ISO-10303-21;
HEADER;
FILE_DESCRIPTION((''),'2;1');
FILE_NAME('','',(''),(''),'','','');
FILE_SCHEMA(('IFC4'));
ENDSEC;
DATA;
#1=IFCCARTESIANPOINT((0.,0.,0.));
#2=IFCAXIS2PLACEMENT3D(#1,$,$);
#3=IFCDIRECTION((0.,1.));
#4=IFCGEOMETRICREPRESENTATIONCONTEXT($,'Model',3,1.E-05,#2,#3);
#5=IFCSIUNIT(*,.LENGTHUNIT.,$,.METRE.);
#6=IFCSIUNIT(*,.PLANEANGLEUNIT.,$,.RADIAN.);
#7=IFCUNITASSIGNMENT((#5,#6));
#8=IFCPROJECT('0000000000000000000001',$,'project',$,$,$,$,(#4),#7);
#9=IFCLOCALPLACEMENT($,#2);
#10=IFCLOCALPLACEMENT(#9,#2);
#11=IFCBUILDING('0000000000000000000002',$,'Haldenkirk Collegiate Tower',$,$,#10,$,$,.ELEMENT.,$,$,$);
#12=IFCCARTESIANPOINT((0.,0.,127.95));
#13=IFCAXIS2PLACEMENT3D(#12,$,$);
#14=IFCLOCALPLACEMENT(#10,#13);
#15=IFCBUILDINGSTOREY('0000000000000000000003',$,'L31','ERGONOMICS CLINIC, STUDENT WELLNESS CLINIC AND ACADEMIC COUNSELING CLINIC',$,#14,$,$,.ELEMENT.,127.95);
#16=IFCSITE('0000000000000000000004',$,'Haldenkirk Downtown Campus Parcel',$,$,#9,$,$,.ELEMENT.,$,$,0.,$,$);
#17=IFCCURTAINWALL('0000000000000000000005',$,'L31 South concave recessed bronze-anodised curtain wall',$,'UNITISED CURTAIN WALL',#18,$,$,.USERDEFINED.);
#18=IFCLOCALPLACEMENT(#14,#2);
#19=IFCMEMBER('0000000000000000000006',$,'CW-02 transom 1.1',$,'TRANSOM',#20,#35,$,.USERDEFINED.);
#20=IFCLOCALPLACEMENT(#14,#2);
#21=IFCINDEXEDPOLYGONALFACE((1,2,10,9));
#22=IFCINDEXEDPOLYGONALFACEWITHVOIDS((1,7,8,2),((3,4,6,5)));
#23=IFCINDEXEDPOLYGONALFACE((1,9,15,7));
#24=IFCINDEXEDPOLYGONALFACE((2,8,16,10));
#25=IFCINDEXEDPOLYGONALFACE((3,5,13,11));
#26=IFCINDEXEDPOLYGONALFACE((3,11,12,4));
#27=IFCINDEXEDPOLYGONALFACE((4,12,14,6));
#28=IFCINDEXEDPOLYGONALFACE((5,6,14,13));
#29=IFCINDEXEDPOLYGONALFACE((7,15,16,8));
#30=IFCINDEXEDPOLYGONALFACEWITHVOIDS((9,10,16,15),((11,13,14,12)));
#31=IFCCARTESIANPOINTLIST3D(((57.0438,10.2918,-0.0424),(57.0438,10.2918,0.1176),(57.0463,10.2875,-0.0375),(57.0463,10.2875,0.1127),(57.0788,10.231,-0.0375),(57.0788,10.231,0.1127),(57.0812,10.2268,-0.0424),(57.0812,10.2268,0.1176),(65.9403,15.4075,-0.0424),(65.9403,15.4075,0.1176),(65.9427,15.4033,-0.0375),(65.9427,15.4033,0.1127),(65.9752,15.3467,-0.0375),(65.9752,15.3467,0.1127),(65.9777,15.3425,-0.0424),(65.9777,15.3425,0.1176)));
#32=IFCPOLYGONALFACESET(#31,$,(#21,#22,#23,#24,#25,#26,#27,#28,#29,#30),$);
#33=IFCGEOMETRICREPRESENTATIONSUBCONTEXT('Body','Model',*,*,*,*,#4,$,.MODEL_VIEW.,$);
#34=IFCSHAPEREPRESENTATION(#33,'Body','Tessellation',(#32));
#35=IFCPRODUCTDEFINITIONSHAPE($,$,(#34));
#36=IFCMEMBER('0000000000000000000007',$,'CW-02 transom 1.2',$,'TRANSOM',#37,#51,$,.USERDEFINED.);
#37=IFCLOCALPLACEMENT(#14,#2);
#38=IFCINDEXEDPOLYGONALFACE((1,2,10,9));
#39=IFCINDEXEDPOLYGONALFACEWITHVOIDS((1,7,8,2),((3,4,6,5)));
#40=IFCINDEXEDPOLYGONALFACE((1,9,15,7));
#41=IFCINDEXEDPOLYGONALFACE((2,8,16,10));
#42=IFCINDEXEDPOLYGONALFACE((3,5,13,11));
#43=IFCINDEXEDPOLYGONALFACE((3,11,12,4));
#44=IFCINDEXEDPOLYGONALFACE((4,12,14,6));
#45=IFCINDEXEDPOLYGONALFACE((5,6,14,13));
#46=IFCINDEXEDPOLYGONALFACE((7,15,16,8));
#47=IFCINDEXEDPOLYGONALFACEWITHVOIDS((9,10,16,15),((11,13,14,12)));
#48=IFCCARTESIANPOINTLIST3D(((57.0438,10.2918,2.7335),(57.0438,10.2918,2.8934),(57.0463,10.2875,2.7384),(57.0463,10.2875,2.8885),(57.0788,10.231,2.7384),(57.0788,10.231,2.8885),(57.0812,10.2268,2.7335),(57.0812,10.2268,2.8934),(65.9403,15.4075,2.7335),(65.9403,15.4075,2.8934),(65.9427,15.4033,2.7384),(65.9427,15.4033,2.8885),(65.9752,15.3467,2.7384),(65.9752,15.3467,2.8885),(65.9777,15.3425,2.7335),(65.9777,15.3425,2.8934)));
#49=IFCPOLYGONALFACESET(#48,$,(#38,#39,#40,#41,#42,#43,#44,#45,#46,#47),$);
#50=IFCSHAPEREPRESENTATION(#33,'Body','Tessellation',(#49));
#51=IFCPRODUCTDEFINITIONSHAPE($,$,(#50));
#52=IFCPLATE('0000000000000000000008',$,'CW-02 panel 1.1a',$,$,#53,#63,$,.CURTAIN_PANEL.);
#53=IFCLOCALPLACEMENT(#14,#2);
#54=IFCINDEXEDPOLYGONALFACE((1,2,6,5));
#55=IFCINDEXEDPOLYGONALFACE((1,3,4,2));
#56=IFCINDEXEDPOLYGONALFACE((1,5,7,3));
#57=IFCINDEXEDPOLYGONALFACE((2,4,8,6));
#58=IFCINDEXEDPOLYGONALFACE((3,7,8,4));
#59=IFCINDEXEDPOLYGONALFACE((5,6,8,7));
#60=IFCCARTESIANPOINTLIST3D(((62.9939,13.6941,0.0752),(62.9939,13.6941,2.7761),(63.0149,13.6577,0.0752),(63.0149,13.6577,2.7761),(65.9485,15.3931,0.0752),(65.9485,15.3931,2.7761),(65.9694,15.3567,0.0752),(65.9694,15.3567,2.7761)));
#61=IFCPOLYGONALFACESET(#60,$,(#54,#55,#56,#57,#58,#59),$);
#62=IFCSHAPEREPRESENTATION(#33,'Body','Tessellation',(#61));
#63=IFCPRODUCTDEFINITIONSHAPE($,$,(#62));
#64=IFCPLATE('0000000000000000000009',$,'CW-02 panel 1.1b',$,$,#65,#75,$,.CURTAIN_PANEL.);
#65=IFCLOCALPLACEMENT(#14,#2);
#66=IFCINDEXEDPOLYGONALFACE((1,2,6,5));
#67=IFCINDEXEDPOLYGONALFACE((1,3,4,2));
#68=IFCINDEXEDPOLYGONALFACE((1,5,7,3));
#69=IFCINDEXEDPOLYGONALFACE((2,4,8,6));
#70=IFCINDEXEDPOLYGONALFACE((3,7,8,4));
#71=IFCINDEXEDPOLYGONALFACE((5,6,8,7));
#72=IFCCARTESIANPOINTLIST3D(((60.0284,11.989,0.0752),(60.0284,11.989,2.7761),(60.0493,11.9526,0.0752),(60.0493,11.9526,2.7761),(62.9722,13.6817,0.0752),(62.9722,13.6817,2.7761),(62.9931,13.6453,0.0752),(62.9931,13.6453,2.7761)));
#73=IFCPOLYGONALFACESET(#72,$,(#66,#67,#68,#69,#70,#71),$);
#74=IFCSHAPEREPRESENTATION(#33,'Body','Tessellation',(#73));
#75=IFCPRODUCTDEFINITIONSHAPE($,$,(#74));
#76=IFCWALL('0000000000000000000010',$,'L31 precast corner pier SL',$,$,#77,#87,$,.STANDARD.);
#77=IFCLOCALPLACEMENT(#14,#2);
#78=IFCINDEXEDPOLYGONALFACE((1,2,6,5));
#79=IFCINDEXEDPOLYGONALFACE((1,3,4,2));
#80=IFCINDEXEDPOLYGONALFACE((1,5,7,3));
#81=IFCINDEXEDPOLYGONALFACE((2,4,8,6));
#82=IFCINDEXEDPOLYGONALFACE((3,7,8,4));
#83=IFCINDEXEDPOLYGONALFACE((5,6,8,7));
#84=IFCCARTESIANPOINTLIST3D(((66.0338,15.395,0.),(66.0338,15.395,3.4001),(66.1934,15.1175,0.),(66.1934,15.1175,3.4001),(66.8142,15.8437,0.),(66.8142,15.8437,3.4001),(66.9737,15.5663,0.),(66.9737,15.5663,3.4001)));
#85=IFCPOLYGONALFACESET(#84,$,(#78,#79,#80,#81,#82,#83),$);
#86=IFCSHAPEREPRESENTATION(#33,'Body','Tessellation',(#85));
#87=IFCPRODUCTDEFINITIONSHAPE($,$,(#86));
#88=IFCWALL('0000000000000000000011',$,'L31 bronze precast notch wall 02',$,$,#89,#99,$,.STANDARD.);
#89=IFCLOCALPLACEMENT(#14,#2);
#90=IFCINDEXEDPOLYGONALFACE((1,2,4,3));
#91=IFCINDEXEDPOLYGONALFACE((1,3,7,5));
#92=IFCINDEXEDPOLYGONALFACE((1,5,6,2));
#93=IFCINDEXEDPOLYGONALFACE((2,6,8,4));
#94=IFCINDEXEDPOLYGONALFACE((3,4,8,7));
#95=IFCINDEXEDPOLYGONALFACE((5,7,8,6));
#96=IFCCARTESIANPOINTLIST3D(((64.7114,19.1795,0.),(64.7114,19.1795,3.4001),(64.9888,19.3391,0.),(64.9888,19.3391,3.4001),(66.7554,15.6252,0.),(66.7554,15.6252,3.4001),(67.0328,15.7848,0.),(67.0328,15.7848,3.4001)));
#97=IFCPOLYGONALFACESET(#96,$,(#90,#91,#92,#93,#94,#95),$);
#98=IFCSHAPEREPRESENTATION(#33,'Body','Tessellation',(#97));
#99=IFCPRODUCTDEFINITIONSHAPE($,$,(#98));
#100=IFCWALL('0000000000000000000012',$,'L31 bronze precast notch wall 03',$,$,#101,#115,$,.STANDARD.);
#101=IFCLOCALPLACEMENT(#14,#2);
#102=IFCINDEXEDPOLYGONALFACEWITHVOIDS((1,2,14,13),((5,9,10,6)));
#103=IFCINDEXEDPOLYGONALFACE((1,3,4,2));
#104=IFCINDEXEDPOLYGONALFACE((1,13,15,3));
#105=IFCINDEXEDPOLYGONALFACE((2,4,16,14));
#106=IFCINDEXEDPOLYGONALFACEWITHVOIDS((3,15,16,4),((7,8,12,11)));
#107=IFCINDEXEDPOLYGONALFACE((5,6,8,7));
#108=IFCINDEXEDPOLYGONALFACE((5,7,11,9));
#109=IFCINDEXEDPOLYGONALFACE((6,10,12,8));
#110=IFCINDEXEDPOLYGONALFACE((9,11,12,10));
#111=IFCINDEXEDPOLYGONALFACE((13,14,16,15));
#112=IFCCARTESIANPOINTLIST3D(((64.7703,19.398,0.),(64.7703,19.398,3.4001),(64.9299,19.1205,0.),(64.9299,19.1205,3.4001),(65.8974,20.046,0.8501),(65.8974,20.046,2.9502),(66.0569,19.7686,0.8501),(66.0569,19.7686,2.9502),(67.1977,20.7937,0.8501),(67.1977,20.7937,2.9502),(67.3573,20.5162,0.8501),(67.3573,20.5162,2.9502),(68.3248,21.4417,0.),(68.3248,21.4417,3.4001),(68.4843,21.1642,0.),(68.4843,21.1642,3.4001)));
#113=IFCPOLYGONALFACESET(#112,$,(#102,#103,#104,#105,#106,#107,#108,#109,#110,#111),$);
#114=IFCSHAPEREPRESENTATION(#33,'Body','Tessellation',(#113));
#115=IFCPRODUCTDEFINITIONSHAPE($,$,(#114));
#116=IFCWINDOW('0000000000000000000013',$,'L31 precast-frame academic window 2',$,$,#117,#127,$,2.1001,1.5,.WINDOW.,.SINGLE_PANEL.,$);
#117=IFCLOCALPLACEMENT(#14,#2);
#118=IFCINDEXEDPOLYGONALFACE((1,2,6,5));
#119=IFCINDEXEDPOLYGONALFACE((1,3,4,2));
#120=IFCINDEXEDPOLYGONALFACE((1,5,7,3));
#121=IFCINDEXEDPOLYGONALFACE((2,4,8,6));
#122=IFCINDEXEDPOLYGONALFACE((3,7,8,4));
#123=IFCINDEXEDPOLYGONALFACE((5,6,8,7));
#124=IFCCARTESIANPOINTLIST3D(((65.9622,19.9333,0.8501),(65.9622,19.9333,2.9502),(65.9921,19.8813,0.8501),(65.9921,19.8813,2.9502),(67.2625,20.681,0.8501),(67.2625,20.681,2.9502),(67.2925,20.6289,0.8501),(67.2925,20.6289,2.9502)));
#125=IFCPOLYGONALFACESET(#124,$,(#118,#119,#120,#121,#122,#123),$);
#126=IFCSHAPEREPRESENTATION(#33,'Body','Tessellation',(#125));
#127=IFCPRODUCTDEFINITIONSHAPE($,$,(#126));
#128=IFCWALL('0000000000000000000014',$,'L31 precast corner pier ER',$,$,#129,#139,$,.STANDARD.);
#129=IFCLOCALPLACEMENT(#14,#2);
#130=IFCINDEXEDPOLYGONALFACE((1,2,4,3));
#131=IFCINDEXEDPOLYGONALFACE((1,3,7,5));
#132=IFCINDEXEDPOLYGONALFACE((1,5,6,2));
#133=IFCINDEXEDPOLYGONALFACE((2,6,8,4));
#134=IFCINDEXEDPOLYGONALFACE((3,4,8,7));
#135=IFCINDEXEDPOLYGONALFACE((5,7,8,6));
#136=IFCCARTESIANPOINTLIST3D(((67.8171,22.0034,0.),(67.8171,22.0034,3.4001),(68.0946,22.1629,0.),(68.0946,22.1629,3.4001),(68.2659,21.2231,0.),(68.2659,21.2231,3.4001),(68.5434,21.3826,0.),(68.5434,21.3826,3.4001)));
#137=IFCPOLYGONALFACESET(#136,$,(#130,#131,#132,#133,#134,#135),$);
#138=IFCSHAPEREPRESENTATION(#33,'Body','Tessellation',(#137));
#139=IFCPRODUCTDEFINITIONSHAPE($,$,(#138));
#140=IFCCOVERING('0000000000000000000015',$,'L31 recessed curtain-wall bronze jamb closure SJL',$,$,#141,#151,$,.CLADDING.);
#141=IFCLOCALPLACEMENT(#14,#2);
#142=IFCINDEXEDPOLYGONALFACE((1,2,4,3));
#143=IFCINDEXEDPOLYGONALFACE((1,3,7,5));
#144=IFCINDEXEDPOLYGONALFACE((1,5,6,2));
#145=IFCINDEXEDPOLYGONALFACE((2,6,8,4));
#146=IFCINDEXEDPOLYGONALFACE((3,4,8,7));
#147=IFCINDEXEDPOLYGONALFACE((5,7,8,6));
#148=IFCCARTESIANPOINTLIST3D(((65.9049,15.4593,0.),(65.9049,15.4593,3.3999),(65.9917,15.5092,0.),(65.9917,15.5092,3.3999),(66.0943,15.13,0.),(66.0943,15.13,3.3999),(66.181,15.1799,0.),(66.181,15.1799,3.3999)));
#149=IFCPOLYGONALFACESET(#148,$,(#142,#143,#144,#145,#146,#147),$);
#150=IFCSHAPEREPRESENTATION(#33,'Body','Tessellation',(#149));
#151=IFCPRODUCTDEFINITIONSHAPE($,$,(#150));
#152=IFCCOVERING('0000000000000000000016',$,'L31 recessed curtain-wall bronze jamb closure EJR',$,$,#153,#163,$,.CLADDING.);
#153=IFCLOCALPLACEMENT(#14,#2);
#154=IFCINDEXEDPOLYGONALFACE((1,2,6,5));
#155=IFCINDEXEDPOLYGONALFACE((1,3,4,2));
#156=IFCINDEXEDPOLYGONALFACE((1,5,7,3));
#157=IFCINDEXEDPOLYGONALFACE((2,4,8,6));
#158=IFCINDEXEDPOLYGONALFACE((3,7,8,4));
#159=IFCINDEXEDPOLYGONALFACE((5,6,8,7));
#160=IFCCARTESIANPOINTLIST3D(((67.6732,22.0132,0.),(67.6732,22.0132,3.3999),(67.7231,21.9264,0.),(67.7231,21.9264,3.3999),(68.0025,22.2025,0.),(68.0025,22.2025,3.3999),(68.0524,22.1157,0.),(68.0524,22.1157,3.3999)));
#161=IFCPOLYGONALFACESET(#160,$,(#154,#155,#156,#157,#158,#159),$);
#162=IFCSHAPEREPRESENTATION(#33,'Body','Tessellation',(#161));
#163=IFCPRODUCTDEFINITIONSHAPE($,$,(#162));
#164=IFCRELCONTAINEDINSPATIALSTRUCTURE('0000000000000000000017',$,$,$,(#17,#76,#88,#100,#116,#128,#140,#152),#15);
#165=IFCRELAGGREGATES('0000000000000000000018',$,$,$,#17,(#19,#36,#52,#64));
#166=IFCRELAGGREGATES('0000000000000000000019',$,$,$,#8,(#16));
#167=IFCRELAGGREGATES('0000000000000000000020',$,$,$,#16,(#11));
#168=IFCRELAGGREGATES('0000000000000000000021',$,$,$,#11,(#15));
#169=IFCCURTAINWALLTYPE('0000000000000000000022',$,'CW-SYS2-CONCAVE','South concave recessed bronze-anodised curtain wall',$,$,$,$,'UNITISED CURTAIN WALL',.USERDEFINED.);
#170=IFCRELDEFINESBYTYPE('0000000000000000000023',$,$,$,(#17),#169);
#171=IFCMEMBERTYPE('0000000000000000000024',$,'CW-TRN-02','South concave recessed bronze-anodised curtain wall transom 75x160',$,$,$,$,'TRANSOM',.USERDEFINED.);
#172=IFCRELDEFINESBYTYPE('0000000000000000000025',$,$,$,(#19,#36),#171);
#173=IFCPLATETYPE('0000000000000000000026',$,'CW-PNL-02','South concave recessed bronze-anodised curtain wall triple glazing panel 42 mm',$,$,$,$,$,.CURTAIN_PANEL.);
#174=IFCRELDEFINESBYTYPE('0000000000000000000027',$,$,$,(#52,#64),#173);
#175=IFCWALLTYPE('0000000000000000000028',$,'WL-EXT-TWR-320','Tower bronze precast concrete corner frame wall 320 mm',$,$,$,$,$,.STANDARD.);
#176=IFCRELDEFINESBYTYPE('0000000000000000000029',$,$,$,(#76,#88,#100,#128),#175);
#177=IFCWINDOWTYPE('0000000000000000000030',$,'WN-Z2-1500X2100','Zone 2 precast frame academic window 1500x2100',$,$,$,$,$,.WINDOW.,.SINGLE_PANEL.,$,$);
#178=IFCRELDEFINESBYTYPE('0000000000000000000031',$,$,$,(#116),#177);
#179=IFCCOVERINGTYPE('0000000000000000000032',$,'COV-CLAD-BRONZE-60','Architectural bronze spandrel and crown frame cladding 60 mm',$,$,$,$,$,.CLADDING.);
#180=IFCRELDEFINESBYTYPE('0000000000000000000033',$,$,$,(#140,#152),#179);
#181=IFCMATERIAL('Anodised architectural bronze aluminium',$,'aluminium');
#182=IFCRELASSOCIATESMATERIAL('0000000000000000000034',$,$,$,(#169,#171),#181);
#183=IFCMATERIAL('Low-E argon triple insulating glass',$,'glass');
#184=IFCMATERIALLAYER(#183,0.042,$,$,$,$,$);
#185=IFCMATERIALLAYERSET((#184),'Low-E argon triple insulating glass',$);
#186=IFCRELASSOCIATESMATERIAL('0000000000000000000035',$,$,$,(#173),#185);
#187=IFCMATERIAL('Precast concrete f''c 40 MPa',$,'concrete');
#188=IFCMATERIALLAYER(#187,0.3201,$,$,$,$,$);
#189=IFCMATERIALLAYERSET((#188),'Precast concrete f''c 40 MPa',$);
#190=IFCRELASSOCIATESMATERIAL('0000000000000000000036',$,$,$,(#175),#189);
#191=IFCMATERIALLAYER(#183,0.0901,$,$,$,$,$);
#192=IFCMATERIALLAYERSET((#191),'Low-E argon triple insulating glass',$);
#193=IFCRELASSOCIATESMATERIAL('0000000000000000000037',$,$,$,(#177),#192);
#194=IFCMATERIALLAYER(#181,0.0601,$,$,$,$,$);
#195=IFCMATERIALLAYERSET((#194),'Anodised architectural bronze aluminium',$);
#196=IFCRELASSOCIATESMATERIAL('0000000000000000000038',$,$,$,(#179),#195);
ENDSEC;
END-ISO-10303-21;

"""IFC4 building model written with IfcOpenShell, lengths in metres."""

from ifc_helpers import new_model, si_unit, direction, frame, frame_2d, origin, origin_2d, place, context, subcontext, project, spatial, rectangle, hollow_rectangle, extrude, source, transform, mapped, material, layer, layer_set, material_profile, profile_set, type_object, element, fill, aggregate, save


model = new_model("IFC4")

# Units and contexts
model_context = context("Model", 3, precision=1e-05, world=origin(), true_north=direction((0.0, 1.0)))
body_context = subcontext(model_context, "Body", "Model", "MODEL_VIEW")
ifc_project = project(units=[si_unit("LENGTHUNIT", "METRE"), si_unit("PLANEANGLEUNIT", "RADIAN")], contexts=[model_context])

# Site, building, storey
site_placement = place(None, origin())
site = spatial("IfcSite", under=ifc_project, at=site_placement, Name="Haldenkirk Downtown Campus Parcel", CompositionType="ELEMENT", RefElevation=0.0)
building_placement = place(site_placement, origin())
building = spatial("IfcBuilding", under=site, at=building_placement, Name="Haldenkirk Collegiate Tower", CompositionType="ELEMENT")
storey_placement = place(building_placement, frame((0.0, 0.0, 127.95)))
storey = spatial("IfcBuildingStorey", under=building, at=storey_placement, Name="L31", Description="ERGONOMICS CLINIC, STUDENT WELLNESS CLINIC AND ACADEMIC COUNSELING CLINIC", CompositionType="ELEMENT", Elevation=127.95)

# Curtain wall
ifc_material_1 = material(Name="Anodised architectural bronze aluminium", Category="aluminium")
curtain_wall_type_1 = type_object("IfcCurtainWallType", Name="CW-SYS2-CONCAVE", Description="South concave recessed bronze-anodised curtain wall", ElementType="UNITISED CURTAIN WALL", PredefinedType="USERDEFINED", material=ifc_material_1)
curtain_wall_1_placement = place(storey_placement, origin())
curtain_wall_1 = element("IfcCurtainWall", 1, at=curtain_wall_1_placement, inside=storey, type_object=curtain_wall_type_1, Name="L31 South concave recessed bronze-anodised curtain wall", ObjectType="UNITISED CURTAIN WALL", PredefinedType="USERDEFINED")

# Members
ifc_material_profile_1 = material_profile(ifc_material_1, hollow_rectangle(XDim=0.075, YDim=0.1599, WallThickness=0.0049, at=origin_2d()), Name="CW-TRN-02")
ifc_profile_set_1 = profile_set([ifc_material_profile_1], Name="Anodised architectural bronze aluminium")
member_type_1 = type_object("IfcMemberType", Name="CW-TRN-02", Description="South concave recessed bronze-anodised curtain wall transom 75x160", ElementType="TRANSOM", PredefinedType="USERDEFINED", material=ifc_profile_set_1)
member_1_placement = place(storey_placement, frame((65.959, 15.375, 0.0376), z_axis=(-0.866896, -0.498489, 0.0), x_axis=(0.498489, -0.866896, 0.0)))
member_1 = element("IfcMember", 2, at=member_1_placement, type_object=member_type_1, Name="CW-02 transom 1.1", ObjectType="TRANSOM", PredefinedType="USERDEFINED", context=body_context, shape_type="SweptSolid", body=[
    extrude(hollow_rectangle(XDim=0.075, YDim=0.1599, WallThickness=0.0049, at=origin_2d()), origin(), (0.0, 0.0, 1.0), 10.2625),
])
member_2_placement = place(storey_placement, frame((65.959, 15.375, 2.8135), z_axis=(-0.866896, -0.498489, 0.0), x_axis=(0.498489, -0.866896, 0.0)))
member_2 = element("IfcMember", 3, at=member_2_placement, type_object=member_type_1, Name="CW-02 transom 1.2", ObjectType="TRANSOM", PredefinedType="USERDEFINED", context=body_context, shape_type="SweptSolid", body=[
    extrude(hollow_rectangle(XDim=0.075, YDim=0.1599, WallThickness=0.0049, at=origin_2d()), origin(), (0.0, 0.0, 1.0), 10.2625),
])

# Plates
ifc_material_2 = material(Name="Low-E argon triple insulating glass", Category="glass")
ifc_layer_1 = layer(ifc_material_2, 0.042)
ifc_layer_set_1 = layer_set([ifc_layer_1], Name="Low-E argon triple insulating glass")
plate_type = type_object("IfcPlateType", Name="CW-PNL-02", Description="South concave recessed bronze-anodised curtain wall triple glazing panel 42 mm", PredefinedType="CURTAIN_PANEL", material=ifc_layer_set_1)
shared_shape_1 = source(origin(), body_context, "Body", "SweptSolid", [
    extrude(rectangle(XDim=3.4082, YDim=0.042, at=origin_2d()), origin(), (0.0, 0.0, 1.0), 2.7009),
])
plate_1_placement = place(storey_placement, frame((64.4817, 14.5254, 0.0752), z_axis=(0.0, 0.0, 1.0), x_axis=(-0.866896, -0.498489, 0.0)))
plate_1 = element("IfcPlate", 4, at=plate_1_placement, type_object=plate_type, Name="CW-02 panel 1.1a", PredefinedType="CURTAIN_PANEL", context=body_context, shape_type="MappedRepresentation", body=[
    mapped(shared_shape_1, transform((0.0, 0.0, 0.0), x_axis=(1.0, 0.0, 0.0), y_axis=(0.0, 1.0, 0.0), z_axis=(0.0, 0.0, 1.0), scale=1.0)),
])
shared_shape_2 = source(origin(), body_context, "Body", "SweptSolid", [
    extrude(rectangle(XDim=3.3958, YDim=0.042, at=origin_2d()), origin(), (0.0, 0.0, 1.0), 2.7009),
])
plate_2_placement = place(storey_placement, frame((61.5107, 12.8171, 0.0752), z_axis=(0.0, 0.0, 1.0), x_axis=(-0.866896, -0.498489, 0.0)))
plate_2 = element("IfcPlate", 5, at=plate_2_placement, type_object=plate_type, Name="CW-02 panel 1.1b", PredefinedType="CURTAIN_PANEL", context=body_context, shape_type="MappedRepresentation", body=[
    mapped(shared_shape_2, transform((0.0, 0.0, 0.0), x_axis=(1.0, 0.0, 0.0), y_axis=(0.0, 1.0, 0.0), z_axis=(0.0, 0.0, 1.0), scale=1.0)),
])
aggregate(curtain_wall_1, [member_1, member_2, plate_1, plate_2])

# Walls
ifc_material_3 = material(Name="Precast concrete f'c 40 MPa", Category="concrete")
ifc_layer_2 = layer(ifc_material_3, 0.3201)
ifc_layer_set_2 = layer_set([ifc_layer_2], Name="Precast concrete f'c 40 MPa")
wall_type = type_object("IfcWallType", Name="WL-EXT-TWR-320", Description="Tower bronze precast concrete corner frame wall 320 mm", PredefinedType="STANDARD", material=ifc_layer_set_2)
wall_1_placement = place(storey_placement, frame((66.894, 15.7051, 0.0), z_axis=(0.0, 0.0, 1.0), x_axis=(-0.866871, -0.498532, 0.0)))
element("IfcWall", 6, at=wall_1_placement, inside=storey, type_object=wall_type, Name="L31 precast corner pier SL", PredefinedType="STANDARD", context=body_context, shape_type="SweptSolid", body=[
    extrude(rectangle(XDim=0.9001, YDim=0.3201, at=frame_2d((0.4502, 0.0))), origin(), (0.0, 0.0, 1.0), 3.4001),
])
wall_2_placement = place(storey_placement, frame((64.8501, 19.2593, 0.0), z_axis=(0.0, 0.0, 1.0), x_axis=(0.498523, -0.866877, 0.0)))
element("IfcWall", 7, at=wall_2_placement, inside=storey, type_object=wall_type, Name="L31 bronze precast notch wall 02", PredefinedType="STANDARD", context=body_context, shape_type="SweptSolid", body=[
    extrude(rectangle(XDim=4.1001, YDim=0.3201, at=frame_2d((2.05, 0.0))), origin(), (0.0, 0.0, 1.0), 3.4001),
])

# Wall, opening, window
wall_3_placement = place(storey_placement, frame((68.4045, 21.303, 0.0), z_axis=(0.0, 0.0, 1.0), x_axis=(-0.866917, -0.498452, 0.0)))
wall_3 = element("IfcWall", 8, at=wall_3_placement, inside=storey, type_object=wall_type, Name="L31 bronze precast notch wall 03", PredefinedType="STANDARD", context=body_context, shape_type="SweptSolid", body=[
    extrude(rectangle(XDim=4.1001, YDim=0.3201, at=frame_2d((2.05, 0.0))), origin(), (0.0, 0.0, 1.0), 3.4001),
])
opening_placement = place(wall_3_placement, frame((1.3, 0.0, 0.8501)))
opening = element("IfcOpeningElement", 9, at=opening_placement, cuts=wall_3, PredefinedType="OPENING", context=body_context, shape_type="SweptSolid", body=[
    extrude(rectangle(XDim=1.5, YDim=2.1001, at=frame_2d((0.75, 1.05))), frame((0.0, 0.1699, 0.0), z_axis=(0.0, -1.0, 0.0), x_axis=(1.0, 0.0, 0.0)), (0.0, 0.0, 1.0), 0.3401),
])
ifc_layer_3 = layer(ifc_material_2, 0.0901)
ifc_layer_set_3 = layer_set([ifc_layer_3], Name="Low-E argon triple insulating glass")
window_type = type_object("IfcWindowType", Name="WN-Z2-1500X2100", Description="Zone 2 precast frame academic window 1500x2100", PartitioningType="SINGLE_PANEL", PredefinedType="WINDOW", material=ifc_layer_set_3)
window_placement = place(opening_placement, origin())
window = element("IfcWindow", 10, at=window_placement, inside=storey, type_object=window_type, Name="L31 precast-frame academic window 2", OverallHeight=2.1001, OverallWidth=1.5, PartitioningType="SINGLE_PANEL", PredefinedType="WINDOW", context=body_context, shape_type="SweptSolid", body=[
    extrude(rectangle(XDim=1.5, YDim=2.1001, at=frame_2d((0.75, 1.05))), frame((0.0, 0.03, 0.0), z_axis=(0.0, -1.0, 0.0), x_axis=(1.0, 0.0, 0.0)), (0.0, 0.0, 1.0), 0.0601),
])
fill(opening, window)

# Wall
wall_4_placement = place(storey_placement, frame((67.9558, 22.0833, 0.0), z_axis=(0.0, 0.0, 1.0), x_axis=(0.498532, -0.866871, 0.0)))
element("IfcWall", 11, at=wall_4_placement, inside=storey, type_object=wall_type, Name="L31 precast corner pier ER", PredefinedType="STANDARD", context=body_context, shape_type="SweptSolid", body=[
    extrude(rectangle(XDim=0.9001, YDim=0.3201, at=frame_2d((0.4502, 0.0))), origin(), (0.0, 0.0, 1.0), 3.4001),
])

# Coverings
ifc_layer_4 = layer(ifc_material_1, 0.0601)
ifc_layer_set_4 = layer_set([ifc_layer_4], Name="Anodised architectural bronze aluminium")
covering_type = type_object("IfcCoveringType", Name="COV-CLAD-BRONZE-60", Description="Architectural bronze spandrel and crown frame cladding 60 mm", PredefinedType="CLADDING", material=ifc_layer_set_4)
shared_shape_3 = source(origin(), body_context, "Body", "SweptSolid", [
    extrude(rectangle(XDim=0.1001, YDim=0.3799, at=origin_2d()), origin(), (0.0, 0.0, 1.0), 3.3999),
])
for number, where, z_axis, x_axis, name in (
    (12, (66.043, 15.3196, 0.0), (0.0, 0.0, 1.0), (-0.866897, -0.498488, 0.0), "L31 recessed curtain-wall bronze jamb closure SJL"),
    (13, (67.8628, 22.0645, 0.0), (0.0, 0.0, 1.0), (0.498488, -0.866897, 0.0), "L31 recessed curtain-wall bronze jamb closure EJR"),
):
    element("IfcCovering", number, at=place(storey_placement, frame(where, z_axis=z_axis, x_axis=x_axis)), inside=storey, type_object=covering_type, Name=name, PredefinedType="CLADDING", context=body_context, shape_type="MappedRepresentation", body=[
        mapped(shared_shape_3, transform((0.0, 0.0, 0.0), x_axis=(1.0, 0.0, 0.0), y_axis=(0.0, 1.0, 0.0), z_axis=(0.0, 0.0, 1.0), scale=1.0)),
    ])

save(model, "model.ifc")
